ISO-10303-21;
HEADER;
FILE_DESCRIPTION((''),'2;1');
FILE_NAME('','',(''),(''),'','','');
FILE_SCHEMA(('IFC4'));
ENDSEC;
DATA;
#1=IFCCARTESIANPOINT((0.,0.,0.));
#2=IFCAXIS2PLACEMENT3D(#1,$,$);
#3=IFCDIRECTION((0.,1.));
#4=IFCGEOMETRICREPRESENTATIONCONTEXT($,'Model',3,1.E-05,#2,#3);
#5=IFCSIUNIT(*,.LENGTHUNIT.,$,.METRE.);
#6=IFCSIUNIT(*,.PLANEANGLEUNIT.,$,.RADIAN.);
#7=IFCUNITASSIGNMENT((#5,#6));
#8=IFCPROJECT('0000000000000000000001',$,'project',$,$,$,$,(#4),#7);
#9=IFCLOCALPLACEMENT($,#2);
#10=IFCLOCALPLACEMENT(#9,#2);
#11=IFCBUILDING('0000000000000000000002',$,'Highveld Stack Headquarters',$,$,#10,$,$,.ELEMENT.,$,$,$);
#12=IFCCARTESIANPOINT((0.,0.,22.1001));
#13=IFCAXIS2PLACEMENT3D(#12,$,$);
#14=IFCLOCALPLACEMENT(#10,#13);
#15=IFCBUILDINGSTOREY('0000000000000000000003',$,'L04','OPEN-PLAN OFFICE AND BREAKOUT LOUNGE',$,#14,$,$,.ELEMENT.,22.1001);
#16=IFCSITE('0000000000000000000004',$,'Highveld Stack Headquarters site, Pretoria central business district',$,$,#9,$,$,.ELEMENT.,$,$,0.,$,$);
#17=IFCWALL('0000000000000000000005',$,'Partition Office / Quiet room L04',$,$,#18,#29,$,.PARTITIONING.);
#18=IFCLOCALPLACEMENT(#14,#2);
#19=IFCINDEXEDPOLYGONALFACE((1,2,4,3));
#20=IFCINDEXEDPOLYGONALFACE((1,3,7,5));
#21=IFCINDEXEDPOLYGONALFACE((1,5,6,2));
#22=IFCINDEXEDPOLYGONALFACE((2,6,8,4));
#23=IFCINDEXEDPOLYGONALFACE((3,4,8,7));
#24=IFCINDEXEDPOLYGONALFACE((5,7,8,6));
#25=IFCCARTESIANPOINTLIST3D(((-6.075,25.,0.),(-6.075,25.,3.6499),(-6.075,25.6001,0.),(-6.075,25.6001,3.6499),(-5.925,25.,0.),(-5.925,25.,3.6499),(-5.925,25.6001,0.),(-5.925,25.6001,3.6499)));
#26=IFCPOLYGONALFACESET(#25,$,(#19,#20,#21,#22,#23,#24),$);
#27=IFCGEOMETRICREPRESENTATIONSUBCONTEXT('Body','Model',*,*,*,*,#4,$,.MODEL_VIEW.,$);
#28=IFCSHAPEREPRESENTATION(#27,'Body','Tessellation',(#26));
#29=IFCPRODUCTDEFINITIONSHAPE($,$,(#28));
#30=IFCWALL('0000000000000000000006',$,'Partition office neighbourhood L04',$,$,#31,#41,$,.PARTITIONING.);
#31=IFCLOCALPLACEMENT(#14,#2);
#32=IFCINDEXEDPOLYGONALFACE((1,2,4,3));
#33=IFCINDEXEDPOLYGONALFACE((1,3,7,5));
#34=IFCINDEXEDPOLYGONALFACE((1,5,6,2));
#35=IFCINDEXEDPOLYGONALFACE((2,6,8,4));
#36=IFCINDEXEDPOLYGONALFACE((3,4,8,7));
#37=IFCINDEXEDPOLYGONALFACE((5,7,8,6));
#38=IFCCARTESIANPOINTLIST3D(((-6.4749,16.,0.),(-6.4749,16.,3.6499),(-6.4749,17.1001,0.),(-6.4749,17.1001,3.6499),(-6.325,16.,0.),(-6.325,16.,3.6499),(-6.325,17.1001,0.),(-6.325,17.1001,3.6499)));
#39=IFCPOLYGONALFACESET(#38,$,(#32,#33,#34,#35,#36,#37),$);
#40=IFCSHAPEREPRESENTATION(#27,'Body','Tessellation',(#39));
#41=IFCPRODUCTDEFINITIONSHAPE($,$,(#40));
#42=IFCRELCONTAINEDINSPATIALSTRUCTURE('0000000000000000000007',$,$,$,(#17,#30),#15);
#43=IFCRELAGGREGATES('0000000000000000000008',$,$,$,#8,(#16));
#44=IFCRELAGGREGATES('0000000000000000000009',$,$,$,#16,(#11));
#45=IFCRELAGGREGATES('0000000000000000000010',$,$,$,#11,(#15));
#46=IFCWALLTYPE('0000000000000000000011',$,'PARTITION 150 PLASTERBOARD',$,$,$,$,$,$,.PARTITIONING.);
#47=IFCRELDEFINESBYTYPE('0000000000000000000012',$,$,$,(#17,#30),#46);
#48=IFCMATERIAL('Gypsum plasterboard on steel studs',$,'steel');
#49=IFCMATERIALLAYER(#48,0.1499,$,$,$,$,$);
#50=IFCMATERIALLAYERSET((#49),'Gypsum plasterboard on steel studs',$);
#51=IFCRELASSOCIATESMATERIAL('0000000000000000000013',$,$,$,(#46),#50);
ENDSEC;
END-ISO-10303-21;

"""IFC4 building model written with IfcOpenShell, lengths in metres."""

from ifc_helpers import new_model, si_unit, direction, frame, frame_2d, origin, place, context, subcontext, project, spatial, rectangle, extrude, material, layer, layer_set, type_object, element, save


model = new_model("IFC4")

# Units and contexts
model_context = context("Model", 3, precision=1e-05, world=origin(), true_north=direction((0.0, 1.0)))
body_context = subcontext(model_context, "Body", "Model", "MODEL_VIEW")
ifc_project = project(units=[si_unit("LENGTHUNIT", "METRE"), si_unit("PLANEANGLEUNIT", "RADIAN")], contexts=[model_context])

# Site, building, storey
site_placement = place(None, origin())
site = spatial("IfcSite", under=ifc_project, at=site_placement, Name="Highveld Stack Headquarters site, Pretoria central business district", CompositionType="ELEMENT", RefElevation=0.0)
building_placement = place(site_placement, origin())
building = spatial("IfcBuilding", under=site, at=building_placement, Name="Highveld Stack Headquarters", CompositionType="ELEMENT")
storey_placement = place(building_placement, frame((0.0, 0.0, 22.1001)))
storey = spatial("IfcBuildingStorey", under=building, at=storey_placement, Name="L04", Description="OPEN-PLAN OFFICE AND BREAKOUT LOUNGE", CompositionType="ELEMENT", Elevation=22.1001)

# Shared definitions
ifc_material_1 = material(Name="Gypsum plasterboard on steel studs", Category="steel")
ifc_layer_1 = layer(ifc_material_1, 0.1499)
ifc_layer_set_1 = layer_set([ifc_layer_1], Name="Gypsum plasterboard on steel studs")
wall_type = type_object("IfcWallType", Name="PARTITION 150 PLASTERBOARD", PredefinedType="PARTITIONING", material=ifc_layer_set_1)

# Walls
wall_1_placement = place(storey_placement, frame((-6.0, 25.0, 0.0), z_axis=(0.0, 0.0, 1.0), x_axis=(0.0, 1.0, 0.0)))
element("IfcWall", 1, at=wall_1_placement, inside=storey, type_object=wall_type, Name="Partition Office / Quiet room L04", PredefinedType="PARTITIONING", context=body_context, shape_type="SweptSolid", body=[
    extrude(rectangle(XDim=0.6001, YDim=0.1499, at=frame_2d((0.3, 0.0))), origin(), (0.0, 0.0, 1.0), 3.6499),
])
wall_2_placement = place(storey_placement, frame((-6.3999, 16.0, 0.0), z_axis=(0.0, 0.0, 1.0), x_axis=(0.0, 1.0, 0.0)))
element("IfcWall", 2, at=wall_2_placement, inside=storey, type_object=wall_type, Name="Partition office neighbourhood L04", PredefinedType="PARTITIONING", context=body_context, shape_type="SweptSolid", body=[
    extrude(rectangle(XDim=1.1001, YDim=0.1499, at=frame_2d((0.55, 0.0))), origin(), (0.0, 0.0, 1.0), 3.6499),
])

save(model, "model.ifc")
